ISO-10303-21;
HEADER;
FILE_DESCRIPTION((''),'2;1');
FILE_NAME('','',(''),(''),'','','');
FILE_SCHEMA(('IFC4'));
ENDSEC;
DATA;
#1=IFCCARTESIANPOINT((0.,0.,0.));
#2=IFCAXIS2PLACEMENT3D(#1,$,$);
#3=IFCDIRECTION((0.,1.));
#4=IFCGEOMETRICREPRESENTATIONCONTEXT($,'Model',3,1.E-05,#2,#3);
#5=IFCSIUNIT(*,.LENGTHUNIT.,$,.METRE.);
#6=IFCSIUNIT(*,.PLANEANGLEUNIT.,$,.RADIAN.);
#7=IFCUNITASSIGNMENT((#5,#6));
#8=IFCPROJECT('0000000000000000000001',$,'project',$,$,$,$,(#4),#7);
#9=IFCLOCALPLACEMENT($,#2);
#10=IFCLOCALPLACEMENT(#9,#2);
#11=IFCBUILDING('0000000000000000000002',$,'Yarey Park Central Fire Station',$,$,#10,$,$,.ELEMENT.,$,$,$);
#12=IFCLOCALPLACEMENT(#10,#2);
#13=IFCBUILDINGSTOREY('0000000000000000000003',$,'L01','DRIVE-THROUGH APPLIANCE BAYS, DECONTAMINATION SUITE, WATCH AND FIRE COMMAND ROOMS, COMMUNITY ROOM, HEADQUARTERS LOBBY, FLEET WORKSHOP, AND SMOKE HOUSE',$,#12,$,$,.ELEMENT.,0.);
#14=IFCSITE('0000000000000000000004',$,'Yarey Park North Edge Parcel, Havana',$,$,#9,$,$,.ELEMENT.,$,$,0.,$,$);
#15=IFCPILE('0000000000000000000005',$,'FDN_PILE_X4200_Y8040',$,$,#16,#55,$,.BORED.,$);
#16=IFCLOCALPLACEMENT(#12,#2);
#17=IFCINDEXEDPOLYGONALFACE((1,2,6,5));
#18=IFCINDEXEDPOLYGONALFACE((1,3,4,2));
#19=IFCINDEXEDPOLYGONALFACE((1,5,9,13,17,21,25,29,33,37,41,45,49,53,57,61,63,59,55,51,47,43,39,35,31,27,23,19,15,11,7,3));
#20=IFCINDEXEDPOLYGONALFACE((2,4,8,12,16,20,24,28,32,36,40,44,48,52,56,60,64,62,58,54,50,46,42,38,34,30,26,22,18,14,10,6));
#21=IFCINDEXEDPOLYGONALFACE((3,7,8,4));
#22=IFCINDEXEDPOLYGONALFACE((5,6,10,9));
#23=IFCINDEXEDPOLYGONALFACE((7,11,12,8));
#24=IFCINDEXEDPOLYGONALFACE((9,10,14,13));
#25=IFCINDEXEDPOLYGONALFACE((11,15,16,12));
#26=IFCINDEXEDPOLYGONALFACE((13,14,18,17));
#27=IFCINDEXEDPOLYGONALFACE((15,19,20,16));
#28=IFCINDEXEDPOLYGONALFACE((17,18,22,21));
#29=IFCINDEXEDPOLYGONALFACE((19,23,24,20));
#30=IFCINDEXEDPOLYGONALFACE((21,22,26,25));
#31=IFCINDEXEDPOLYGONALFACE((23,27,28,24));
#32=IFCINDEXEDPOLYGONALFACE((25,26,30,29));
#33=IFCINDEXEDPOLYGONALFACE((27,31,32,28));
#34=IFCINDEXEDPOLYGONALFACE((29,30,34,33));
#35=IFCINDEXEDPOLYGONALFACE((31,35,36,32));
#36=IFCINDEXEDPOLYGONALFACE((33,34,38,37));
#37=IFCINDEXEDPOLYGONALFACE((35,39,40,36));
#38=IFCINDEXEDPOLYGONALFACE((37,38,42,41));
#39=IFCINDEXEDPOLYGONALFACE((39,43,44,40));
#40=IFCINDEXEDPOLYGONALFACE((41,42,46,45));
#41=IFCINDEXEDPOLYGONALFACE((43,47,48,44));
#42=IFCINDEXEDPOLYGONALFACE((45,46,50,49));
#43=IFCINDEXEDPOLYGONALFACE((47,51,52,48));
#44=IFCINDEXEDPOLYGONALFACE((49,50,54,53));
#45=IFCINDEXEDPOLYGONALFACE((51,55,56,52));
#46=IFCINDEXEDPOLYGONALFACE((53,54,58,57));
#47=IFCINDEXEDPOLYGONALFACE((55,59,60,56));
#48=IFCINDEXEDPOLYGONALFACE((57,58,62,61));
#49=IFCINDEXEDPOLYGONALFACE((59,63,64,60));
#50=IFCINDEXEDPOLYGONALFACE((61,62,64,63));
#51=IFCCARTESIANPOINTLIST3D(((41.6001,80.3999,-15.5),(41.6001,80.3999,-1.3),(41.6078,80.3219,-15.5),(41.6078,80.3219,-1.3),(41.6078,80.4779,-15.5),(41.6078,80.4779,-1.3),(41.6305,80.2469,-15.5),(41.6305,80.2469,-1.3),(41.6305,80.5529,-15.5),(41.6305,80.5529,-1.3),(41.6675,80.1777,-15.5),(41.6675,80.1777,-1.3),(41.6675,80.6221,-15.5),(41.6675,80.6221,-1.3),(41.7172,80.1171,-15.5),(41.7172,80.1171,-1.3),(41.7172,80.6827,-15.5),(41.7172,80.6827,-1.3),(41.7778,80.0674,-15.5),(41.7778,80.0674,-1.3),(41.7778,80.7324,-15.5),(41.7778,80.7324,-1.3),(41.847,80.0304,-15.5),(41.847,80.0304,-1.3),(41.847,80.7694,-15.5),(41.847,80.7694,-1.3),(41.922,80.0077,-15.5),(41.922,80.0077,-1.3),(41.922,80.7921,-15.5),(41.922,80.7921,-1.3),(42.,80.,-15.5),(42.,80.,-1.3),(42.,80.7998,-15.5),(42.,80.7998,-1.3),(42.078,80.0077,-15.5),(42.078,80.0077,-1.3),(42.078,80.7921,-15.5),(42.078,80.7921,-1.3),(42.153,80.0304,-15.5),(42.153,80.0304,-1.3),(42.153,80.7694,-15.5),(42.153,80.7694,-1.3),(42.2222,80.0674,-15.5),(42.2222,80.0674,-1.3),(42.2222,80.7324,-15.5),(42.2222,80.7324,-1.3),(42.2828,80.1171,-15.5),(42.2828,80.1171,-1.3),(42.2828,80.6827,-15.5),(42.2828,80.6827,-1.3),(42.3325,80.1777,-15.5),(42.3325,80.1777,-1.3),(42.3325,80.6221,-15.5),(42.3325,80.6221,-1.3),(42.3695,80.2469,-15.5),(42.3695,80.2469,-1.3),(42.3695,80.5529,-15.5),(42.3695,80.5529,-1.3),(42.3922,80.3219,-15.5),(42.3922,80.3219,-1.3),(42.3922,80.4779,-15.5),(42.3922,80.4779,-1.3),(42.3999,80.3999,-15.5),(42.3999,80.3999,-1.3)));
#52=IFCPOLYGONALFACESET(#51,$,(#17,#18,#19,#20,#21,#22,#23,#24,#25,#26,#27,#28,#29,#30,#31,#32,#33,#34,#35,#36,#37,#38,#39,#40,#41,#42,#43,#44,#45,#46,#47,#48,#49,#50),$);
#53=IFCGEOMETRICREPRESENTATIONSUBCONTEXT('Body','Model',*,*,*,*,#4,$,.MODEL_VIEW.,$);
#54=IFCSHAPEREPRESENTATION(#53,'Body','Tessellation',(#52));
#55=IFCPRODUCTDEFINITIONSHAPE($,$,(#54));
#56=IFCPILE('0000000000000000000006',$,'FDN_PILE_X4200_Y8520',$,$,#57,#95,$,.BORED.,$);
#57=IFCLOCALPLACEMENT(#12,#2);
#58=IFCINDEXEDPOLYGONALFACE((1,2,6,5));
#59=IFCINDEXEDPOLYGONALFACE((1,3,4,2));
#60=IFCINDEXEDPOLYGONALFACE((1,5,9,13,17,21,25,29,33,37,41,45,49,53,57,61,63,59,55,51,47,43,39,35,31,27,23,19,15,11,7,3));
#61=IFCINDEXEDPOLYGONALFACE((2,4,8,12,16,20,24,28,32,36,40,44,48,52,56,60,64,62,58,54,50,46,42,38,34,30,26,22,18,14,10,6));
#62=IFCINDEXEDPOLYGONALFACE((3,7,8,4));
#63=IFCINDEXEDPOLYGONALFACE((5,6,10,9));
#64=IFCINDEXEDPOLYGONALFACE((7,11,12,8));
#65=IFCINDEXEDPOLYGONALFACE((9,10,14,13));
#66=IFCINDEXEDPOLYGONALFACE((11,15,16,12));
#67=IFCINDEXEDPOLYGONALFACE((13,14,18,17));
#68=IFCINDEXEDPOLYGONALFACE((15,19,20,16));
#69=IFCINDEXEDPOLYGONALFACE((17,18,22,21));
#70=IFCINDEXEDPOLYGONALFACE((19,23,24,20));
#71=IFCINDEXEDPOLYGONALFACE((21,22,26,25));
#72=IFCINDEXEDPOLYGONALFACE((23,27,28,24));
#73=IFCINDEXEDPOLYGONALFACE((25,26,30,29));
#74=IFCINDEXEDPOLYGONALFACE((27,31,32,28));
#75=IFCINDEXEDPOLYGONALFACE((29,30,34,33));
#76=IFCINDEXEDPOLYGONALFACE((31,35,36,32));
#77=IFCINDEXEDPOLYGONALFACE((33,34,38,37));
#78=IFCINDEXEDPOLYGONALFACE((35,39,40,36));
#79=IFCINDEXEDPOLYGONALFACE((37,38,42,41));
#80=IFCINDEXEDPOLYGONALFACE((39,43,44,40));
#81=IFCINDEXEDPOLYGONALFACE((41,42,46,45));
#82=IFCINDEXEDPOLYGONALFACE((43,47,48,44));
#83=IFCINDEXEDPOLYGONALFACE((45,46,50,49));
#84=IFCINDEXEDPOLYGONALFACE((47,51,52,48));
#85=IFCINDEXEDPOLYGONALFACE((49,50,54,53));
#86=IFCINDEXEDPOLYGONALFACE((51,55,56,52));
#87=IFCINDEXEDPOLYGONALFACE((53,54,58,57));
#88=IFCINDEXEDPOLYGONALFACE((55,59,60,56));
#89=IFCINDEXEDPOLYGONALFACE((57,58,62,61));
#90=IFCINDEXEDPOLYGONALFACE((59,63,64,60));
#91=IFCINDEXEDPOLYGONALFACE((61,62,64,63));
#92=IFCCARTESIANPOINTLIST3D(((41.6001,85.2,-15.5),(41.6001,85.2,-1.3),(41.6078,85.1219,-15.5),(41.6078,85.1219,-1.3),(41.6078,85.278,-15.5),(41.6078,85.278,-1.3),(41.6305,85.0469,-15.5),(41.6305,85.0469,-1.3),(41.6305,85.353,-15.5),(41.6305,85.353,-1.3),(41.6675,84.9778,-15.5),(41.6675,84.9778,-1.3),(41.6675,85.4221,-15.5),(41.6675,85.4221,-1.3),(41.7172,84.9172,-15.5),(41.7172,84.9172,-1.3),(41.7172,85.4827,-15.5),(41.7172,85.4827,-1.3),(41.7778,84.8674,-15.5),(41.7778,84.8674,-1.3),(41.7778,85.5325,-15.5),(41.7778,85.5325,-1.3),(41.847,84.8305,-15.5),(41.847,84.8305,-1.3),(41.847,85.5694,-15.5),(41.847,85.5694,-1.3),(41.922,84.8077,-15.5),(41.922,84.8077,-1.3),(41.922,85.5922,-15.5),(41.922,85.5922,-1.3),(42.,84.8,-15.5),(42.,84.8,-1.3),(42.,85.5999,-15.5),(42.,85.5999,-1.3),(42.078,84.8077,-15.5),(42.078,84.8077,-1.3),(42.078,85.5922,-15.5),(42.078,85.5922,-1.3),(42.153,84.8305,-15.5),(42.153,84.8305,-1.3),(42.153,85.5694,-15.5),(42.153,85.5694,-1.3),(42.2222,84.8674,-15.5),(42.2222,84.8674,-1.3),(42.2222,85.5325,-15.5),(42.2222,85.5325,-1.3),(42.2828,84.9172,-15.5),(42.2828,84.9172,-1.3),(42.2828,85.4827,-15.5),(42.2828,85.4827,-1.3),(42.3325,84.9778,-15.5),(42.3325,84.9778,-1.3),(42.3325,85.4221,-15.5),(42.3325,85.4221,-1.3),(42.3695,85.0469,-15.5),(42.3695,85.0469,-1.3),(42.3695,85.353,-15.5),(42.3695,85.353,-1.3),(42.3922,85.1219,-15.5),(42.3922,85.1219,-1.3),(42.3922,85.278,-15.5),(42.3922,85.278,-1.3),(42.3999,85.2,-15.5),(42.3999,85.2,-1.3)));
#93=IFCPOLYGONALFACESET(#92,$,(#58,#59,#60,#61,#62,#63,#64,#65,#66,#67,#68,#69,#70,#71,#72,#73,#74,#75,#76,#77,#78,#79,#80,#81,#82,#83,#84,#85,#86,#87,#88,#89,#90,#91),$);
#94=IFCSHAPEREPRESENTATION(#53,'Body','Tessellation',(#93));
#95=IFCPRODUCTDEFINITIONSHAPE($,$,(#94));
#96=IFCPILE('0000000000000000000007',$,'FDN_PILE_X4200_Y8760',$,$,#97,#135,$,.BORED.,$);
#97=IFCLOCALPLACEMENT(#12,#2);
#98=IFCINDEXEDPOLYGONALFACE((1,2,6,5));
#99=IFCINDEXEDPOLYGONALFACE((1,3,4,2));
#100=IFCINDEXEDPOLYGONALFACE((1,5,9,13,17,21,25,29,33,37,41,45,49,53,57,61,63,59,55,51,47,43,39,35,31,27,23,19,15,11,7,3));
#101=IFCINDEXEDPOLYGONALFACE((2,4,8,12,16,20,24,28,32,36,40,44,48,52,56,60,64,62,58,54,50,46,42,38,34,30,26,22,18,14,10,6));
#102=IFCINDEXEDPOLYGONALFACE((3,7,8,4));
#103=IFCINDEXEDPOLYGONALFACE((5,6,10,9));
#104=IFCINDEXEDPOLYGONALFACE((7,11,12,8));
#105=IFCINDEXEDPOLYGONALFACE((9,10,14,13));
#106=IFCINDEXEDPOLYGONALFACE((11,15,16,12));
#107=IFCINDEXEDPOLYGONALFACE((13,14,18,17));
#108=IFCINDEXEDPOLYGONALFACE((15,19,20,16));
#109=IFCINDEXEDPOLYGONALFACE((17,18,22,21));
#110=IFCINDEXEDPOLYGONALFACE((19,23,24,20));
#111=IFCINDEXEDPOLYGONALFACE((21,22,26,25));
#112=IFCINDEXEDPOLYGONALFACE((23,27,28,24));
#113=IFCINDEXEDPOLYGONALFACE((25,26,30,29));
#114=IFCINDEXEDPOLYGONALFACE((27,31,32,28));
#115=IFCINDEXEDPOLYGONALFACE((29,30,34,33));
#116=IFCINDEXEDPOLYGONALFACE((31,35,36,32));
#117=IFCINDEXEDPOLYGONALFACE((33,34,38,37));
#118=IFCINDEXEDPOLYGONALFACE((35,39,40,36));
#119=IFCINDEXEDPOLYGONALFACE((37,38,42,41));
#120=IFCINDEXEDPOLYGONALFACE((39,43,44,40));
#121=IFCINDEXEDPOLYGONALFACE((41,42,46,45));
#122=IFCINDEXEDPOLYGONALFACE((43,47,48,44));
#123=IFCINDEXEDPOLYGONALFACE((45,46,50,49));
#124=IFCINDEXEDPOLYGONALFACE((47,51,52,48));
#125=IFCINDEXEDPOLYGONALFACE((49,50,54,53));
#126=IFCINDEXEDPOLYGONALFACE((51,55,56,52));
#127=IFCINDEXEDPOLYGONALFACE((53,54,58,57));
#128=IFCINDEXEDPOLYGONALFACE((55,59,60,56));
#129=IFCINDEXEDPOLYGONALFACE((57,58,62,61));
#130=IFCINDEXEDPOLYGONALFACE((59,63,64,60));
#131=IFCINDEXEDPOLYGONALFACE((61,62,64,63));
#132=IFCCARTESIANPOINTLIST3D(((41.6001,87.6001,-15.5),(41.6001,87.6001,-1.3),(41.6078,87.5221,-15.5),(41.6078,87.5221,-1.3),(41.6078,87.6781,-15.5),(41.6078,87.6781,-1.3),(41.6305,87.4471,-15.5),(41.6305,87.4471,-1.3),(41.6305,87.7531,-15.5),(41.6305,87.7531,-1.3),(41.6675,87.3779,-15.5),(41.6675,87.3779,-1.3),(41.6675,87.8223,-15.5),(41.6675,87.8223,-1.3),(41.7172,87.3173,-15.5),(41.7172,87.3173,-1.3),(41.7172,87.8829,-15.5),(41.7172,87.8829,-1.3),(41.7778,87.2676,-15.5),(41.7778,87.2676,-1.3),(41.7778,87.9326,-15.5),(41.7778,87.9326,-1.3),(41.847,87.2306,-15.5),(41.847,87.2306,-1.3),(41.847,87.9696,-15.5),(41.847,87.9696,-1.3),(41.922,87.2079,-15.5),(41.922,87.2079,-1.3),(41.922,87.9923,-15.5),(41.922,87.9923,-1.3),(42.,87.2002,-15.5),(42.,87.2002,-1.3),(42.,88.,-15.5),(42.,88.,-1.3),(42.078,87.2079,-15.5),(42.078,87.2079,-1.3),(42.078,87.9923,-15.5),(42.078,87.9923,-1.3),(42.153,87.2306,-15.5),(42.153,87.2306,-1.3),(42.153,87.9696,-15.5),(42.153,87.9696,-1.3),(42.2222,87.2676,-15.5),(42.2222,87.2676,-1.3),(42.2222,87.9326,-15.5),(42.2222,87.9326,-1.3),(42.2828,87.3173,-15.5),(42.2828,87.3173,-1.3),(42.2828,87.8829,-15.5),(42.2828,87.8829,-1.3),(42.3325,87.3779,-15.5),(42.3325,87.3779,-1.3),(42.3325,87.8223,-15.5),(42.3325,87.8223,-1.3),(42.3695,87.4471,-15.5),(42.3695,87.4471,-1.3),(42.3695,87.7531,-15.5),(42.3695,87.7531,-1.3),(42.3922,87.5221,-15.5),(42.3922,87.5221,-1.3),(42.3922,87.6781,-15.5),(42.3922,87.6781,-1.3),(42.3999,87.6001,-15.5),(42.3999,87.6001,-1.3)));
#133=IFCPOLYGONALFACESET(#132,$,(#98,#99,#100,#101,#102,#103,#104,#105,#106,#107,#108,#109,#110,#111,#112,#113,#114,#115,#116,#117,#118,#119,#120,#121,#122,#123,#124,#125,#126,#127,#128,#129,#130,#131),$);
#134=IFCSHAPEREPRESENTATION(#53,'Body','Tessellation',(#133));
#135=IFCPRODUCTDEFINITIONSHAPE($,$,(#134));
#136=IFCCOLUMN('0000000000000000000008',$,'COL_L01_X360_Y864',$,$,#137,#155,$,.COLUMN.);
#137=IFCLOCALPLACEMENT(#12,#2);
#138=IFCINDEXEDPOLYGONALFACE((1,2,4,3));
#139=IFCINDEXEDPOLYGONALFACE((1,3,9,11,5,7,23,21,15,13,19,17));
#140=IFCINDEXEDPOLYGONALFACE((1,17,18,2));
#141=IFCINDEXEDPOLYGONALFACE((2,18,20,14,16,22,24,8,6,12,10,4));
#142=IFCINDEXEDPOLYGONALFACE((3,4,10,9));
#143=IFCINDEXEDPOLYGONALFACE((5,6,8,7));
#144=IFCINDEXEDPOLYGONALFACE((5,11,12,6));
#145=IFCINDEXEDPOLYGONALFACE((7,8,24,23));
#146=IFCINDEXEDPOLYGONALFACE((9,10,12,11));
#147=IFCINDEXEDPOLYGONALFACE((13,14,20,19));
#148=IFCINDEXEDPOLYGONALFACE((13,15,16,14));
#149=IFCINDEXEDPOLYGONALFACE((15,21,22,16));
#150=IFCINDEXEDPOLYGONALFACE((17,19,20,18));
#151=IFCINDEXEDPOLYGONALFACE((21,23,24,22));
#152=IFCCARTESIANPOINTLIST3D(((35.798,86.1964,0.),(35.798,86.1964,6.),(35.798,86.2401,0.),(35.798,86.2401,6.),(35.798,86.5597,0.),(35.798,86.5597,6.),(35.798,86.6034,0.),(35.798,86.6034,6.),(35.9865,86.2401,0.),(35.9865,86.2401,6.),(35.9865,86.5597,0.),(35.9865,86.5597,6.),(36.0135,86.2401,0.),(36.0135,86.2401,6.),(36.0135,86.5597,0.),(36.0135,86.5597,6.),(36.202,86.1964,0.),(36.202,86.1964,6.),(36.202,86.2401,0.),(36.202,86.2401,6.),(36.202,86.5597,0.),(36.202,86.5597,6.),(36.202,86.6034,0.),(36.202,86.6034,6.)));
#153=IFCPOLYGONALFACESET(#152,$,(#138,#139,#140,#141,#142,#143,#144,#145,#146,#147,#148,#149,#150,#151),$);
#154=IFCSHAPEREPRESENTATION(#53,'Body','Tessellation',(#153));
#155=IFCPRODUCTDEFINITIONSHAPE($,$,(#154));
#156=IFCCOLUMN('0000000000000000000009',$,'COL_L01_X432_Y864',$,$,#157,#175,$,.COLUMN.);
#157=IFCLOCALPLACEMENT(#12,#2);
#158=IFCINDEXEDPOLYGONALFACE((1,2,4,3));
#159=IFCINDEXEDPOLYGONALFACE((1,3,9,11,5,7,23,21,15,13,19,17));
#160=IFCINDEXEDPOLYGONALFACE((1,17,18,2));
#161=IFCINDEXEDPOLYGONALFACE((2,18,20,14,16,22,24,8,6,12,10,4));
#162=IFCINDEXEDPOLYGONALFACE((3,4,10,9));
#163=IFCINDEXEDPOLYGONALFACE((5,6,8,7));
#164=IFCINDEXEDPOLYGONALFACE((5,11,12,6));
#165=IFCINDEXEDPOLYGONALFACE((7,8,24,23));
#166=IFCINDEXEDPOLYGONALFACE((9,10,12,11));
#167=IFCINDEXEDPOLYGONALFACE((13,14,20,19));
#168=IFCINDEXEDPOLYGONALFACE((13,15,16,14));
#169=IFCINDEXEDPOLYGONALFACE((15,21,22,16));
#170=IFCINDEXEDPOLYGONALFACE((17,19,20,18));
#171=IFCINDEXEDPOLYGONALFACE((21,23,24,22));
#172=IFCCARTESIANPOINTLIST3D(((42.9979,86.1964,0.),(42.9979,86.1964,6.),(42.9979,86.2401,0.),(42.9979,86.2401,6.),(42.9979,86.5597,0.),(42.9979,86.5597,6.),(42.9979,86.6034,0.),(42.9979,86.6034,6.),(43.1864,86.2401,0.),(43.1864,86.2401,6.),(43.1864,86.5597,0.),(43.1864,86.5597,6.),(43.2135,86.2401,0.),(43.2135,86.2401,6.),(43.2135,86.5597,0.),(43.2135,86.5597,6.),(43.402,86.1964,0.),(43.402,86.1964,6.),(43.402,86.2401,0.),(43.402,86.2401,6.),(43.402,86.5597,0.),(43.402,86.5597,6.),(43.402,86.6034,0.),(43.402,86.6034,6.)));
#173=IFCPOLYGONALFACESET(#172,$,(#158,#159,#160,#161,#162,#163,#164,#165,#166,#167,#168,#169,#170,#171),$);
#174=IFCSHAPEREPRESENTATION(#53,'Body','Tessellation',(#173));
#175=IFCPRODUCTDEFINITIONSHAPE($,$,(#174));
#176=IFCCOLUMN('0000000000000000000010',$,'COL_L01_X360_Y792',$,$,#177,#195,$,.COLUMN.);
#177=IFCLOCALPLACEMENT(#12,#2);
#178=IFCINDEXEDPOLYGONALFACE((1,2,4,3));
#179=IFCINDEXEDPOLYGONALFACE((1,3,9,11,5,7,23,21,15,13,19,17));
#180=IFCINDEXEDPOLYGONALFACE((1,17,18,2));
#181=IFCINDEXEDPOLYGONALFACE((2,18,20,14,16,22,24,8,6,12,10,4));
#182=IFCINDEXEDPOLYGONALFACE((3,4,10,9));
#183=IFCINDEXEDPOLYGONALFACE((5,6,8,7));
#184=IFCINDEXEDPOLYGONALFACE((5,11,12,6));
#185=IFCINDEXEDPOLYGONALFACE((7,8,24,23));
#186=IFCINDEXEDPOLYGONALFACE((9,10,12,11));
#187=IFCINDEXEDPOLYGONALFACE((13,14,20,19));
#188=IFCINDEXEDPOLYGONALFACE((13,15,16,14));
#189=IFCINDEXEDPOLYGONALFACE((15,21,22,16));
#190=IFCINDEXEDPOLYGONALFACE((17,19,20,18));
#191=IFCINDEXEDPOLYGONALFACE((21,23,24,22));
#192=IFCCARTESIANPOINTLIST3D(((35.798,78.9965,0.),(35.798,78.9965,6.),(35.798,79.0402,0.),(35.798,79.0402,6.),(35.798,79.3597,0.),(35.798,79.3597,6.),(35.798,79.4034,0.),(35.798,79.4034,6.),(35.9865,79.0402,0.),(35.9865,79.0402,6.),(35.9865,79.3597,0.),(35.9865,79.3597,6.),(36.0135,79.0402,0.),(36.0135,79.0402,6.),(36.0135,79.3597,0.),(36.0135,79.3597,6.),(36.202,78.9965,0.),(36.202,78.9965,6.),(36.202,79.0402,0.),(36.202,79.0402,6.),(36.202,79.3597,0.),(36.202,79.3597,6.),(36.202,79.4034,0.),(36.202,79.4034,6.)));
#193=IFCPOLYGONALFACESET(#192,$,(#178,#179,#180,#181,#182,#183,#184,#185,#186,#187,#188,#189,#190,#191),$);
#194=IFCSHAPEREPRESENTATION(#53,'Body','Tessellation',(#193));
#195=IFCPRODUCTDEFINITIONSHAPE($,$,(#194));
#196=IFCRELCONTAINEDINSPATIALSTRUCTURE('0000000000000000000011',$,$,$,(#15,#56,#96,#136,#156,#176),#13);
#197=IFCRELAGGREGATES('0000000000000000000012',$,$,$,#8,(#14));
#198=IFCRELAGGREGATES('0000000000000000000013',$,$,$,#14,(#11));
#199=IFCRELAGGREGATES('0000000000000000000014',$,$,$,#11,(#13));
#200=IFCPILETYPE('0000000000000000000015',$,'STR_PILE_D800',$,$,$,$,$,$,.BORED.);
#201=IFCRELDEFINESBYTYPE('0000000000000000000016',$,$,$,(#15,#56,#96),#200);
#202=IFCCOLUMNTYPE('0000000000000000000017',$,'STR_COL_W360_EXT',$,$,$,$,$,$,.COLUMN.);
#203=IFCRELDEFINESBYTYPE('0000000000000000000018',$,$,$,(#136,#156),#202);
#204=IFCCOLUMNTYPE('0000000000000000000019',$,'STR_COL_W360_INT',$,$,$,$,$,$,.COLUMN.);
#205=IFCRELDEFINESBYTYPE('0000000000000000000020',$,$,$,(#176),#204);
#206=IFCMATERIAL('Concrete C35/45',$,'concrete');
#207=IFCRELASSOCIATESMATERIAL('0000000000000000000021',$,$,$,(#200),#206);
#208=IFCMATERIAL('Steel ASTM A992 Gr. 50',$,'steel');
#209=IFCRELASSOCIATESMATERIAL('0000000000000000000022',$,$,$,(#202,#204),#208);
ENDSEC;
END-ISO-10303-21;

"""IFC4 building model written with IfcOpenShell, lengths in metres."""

from ifc_helpers import new_model, si_unit, direction, frame, origin, origin_2d, place, context, subcontext, project, spatial, circle, i_section, extrude, material, material_profile, profile_set, type_object, element, save


model = new_model("IFC4")

# Units and contexts
model_context = context("Model", 3, precision=1e-05, world=origin(), true_north=direction((0.0, 1.0)))
body_context = subcontext(model_context, "Body", "Model", "MODEL_VIEW")
ifc_project = project(units=[si_unit("LENGTHUNIT", "METRE"), si_unit("PLANEANGLEUNIT", "RADIAN")], contexts=[model_context])

# Site, building, storey
site_placement = place(None, origin())
site = spatial("IfcSite", under=ifc_project, at=site_placement, Name="Yarey Park North Edge Parcel, Havana", CompositionType="ELEMENT", RefElevation=0.0)
building_placement = place(site_placement, origin())
building = spatial("IfcBuilding", under=site, at=building_placement, Name="Yarey Park Central Fire Station", CompositionType="ELEMENT")
storey_placement = place(building_placement, origin())
storey = spatial("IfcBuildingStorey", under=building, at=storey_placement, Name="L01", Description="DRIVE-THROUGH APPLIANCE BAYS, DECONTAMINATION SUITE, WATCH AND FIRE COMMAND ROOMS, COMMUNITY ROOM, HEADQUARTERS LOBBY, FLEET WORKSHOP, AND SMOKE HOUSE", CompositionType="ELEMENT", Elevation=0.0)

# Shared definitions
ifc_material_1 = material(Name="Concrete C35/45", Category="concrete")

# Piles
ifc_material_profile_1 = material_profile(ifc_material_1, circle(Radius=0.3999, at=origin_2d()), Name="BORED PILE D800")
ifc_profile_set_1 = profile_set([ifc_material_profile_1], Name="Concrete C35/45")
pile_type = type_object("IfcPileType", Name="STR_PILE_D800", PredefinedType="BORED", material=ifc_profile_set_1)
for number, where, z_axis, x_axis, name in (
    (1, (42.0, 80.3999, -1.3), (0.0, 0.0, -1.0), (1.0, 0.0, 0.0), "FDN_PILE_X4200_Y8040"),
    (2, (42.0, 85.2, -1.3), (0.0, 0.0, -1.0), (1.0, 0.0, 0.0), "FDN_PILE_X4200_Y8520"),
    (3, (42.0, 87.6001, -1.3), (0.0, 0.0, -1.0), (1.0, 0.0, 0.0), "FDN_PILE_X4200_Y8760"),
):
    element("IfcPile", number, at=place(storey_placement, frame(where, z_axis=z_axis, x_axis=x_axis)), inside=storey, type_object=pile_type, Name=name, PredefinedType="BORED", context=body_context, shape_type="SweptSolid", body=[
        extrude(circle(Radius=0.3999, at=origin_2d()), origin(), (0.0, 0.0, 1.0), 14.2),
    ])

# Columns
ifc_material_2 = material(Name="Steel ASTM A992 Gr. 50", Category="steel")
ifc_material_profile_2 = material_profile(ifc_material_2, i_section(OverallWidth=0.4041, OverallDepth=0.407, WebThickness=0.0271, FlangeThickness=0.0437, at=origin_2d()), Name="W360x347")
ifc_profile_set_2 = profile_set([ifc_material_profile_2], Name="Steel ASTM A992 Gr. 50")
column_type_1 = type_object("IfcColumnType", Name="STR_COL_W360_EXT", PredefinedType="COLUMN", material=ifc_profile_set_2)
for number, where, z_axis, x_axis, name in (
    (4, (36.0, 86.3999, 0.0), (0.0, 0.0, 1.0), (1.0, 0.0, 0.0), "COL_L01_X360_Y864"),
    (5, (43.2, 86.3999, 0.0), (0.0, 0.0, 1.0), (1.0, 0.0, 0.0), "COL_L01_X432_Y864"),
):
    element("IfcColumn", number, at=place(storey_placement, frame(where, z_axis=z_axis, x_axis=x_axis)), inside=storey, type_object=column_type_1, Name=name, PredefinedType="COLUMN", context=body_context, shape_type="SweptSolid", body=[
        extrude(i_section(OverallWidth=0.4041, OverallDepth=0.407, WebThickness=0.0271, FlangeThickness=0.0437, at=origin_2d()), origin(), (0.0, 0.0, 1.0), 6.0),
    ])
ifc_material_profile_3 = material_profile(ifc_material_2, i_section(OverallWidth=0.4041, OverallDepth=0.407, WebThickness=0.0271, FlangeThickness=0.0437, at=origin_2d()), Name="W360x347")
ifc_profile_set_3 = profile_set([ifc_material_profile_3], Name="Steel ASTM A992 Gr. 50")
column_type_2 = type_object("IfcColumnType", Name="STR_COL_W360_INT", PredefinedType="COLUMN", material=ifc_profile_set_3)
for number, where, z_axis, x_axis, name in (
    (6, (36.0, 79.2, 0.0), (0.0, 0.0, 1.0), (1.0, 0.0, 0.0), "COL_L01_X360_Y792"),
):
    element("IfcColumn", number, at=place(storey_placement, frame(where, z_axis=z_axis, x_axis=x_axis)), inside=storey, type_object=column_type_2, Name=name, PredefinedType="COLUMN", context=body_context, shape_type="SweptSolid", body=[
        extrude(i_section(OverallWidth=0.4041, OverallDepth=0.407, WebThickness=0.0271, FlangeThickness=0.0437, at=origin_2d()), origin(), (0.0, 0.0, 1.0), 6.0),
    ])

save(model, "model.ifc")
